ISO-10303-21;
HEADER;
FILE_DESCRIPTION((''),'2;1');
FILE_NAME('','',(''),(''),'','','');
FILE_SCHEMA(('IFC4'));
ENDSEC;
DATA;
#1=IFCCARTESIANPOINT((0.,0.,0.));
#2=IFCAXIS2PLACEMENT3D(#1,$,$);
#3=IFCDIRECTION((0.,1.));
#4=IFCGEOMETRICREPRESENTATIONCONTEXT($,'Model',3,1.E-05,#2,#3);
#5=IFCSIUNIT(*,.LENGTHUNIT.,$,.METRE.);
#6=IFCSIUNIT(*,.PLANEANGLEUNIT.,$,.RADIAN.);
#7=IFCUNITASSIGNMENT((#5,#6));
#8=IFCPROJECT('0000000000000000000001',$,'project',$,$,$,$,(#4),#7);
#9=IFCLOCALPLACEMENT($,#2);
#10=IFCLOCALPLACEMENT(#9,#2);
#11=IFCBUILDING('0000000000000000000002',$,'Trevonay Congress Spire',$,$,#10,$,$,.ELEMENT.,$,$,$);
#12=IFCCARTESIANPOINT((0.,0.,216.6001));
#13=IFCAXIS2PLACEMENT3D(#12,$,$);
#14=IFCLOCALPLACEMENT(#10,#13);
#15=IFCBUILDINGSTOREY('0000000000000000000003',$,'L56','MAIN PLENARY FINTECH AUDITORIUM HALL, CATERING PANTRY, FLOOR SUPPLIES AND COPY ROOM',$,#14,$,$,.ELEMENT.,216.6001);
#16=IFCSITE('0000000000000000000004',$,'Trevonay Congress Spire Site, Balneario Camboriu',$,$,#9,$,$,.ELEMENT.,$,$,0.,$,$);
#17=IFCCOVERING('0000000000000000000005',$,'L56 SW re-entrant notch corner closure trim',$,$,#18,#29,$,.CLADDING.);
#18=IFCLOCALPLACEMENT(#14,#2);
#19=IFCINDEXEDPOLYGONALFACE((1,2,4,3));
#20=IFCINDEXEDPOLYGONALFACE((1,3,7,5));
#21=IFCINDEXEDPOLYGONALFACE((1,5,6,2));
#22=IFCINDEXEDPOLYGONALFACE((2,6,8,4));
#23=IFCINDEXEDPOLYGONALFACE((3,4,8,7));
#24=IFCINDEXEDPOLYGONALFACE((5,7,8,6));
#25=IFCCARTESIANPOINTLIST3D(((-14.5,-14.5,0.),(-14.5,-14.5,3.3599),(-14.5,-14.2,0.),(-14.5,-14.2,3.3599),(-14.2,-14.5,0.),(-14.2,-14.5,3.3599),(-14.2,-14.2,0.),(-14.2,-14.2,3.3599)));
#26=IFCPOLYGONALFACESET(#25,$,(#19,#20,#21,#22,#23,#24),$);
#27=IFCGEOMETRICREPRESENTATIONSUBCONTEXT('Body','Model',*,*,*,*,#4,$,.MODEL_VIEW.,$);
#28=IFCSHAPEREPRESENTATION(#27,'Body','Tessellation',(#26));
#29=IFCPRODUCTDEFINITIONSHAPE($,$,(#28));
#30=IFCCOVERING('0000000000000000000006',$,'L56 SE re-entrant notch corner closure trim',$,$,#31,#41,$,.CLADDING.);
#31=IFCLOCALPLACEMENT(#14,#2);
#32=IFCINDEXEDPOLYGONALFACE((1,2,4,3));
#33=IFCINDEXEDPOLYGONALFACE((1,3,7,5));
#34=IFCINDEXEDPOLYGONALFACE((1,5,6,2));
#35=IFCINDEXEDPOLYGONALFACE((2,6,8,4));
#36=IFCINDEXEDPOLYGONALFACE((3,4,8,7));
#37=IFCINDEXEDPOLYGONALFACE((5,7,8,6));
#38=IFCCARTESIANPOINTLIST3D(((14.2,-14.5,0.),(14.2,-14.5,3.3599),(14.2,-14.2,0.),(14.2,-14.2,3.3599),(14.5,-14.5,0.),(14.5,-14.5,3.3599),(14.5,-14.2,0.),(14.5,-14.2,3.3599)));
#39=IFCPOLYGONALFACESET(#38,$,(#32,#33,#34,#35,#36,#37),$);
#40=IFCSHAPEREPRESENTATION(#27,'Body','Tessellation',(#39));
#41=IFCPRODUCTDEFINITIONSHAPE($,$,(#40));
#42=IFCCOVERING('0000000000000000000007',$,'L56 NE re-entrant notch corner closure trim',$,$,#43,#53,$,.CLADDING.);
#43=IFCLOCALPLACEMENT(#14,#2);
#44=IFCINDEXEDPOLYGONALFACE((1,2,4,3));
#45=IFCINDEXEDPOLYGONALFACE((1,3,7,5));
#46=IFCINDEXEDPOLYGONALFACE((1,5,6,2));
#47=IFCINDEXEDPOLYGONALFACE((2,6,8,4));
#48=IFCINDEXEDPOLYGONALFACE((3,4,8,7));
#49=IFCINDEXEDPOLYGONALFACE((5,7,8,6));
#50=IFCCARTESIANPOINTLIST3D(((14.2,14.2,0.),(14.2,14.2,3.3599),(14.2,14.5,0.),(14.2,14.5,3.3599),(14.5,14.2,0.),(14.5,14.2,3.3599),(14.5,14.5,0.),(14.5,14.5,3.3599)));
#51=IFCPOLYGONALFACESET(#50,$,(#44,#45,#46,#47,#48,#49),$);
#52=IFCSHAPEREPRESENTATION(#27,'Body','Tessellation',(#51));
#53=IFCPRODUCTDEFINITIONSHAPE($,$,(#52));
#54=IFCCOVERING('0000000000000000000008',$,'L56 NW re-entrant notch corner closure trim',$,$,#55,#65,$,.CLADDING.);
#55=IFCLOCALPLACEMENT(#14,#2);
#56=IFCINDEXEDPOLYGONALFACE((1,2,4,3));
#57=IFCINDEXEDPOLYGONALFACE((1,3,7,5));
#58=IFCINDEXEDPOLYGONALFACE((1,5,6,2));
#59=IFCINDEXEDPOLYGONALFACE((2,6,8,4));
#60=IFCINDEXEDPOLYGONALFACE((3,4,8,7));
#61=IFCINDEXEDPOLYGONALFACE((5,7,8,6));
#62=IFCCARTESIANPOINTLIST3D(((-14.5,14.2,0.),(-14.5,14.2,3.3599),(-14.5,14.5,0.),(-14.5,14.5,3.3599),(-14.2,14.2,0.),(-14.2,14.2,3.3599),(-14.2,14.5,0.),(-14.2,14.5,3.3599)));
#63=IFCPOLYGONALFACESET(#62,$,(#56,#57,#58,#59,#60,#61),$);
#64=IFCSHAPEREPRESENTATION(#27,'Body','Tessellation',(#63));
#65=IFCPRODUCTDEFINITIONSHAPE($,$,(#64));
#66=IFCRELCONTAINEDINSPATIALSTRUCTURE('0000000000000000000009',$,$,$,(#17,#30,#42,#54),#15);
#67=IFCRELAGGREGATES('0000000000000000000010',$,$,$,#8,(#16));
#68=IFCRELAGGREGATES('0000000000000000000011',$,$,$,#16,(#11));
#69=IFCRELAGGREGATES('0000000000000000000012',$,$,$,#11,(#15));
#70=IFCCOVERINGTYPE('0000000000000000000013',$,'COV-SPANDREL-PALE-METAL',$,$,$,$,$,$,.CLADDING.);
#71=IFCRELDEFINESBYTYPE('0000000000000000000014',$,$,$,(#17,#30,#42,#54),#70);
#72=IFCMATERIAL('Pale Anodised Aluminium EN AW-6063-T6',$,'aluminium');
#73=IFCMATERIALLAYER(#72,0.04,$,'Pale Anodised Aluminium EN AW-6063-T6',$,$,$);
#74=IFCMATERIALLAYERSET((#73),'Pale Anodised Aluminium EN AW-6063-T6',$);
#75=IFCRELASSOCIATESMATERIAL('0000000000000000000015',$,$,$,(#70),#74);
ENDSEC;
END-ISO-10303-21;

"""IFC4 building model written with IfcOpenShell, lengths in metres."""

from ifc_helpers import new_model, si_unit, direction, frame, origin, place, context, subcontext, project, spatial, polyline, outline, extrude, material, layer, layer_set, type_object, element, save


model = new_model("IFC4")

# Units and contexts
model_context = context("Model", 3, precision=1e-05, world=origin(), true_north=direction((0.0, 1.0)))
body_context = subcontext(model_context, "Body", "Model", "MODEL_VIEW")
ifc_project = project(units=[si_unit("LENGTHUNIT", "METRE"), si_unit("PLANEANGLEUNIT", "RADIAN")], contexts=[model_context])

# Site, building, storey
site_placement = place(None, origin())
site = spatial("IfcSite", under=ifc_project, at=site_placement, Name="Trevonay Congress Spire Site, Balneario Camboriu", CompositionType="ELEMENT", RefElevation=0.0)
building_placement = place(site_placement, origin())
building = spatial("IfcBuilding", under=site, at=building_placement, Name="Trevonay Congress Spire", CompositionType="ELEMENT")
storey_placement = place(building_placement, frame((0.0, 0.0, 216.6001)))
storey = spatial("IfcBuildingStorey", under=building, at=storey_placement, Name="L56", Description="MAIN PLENARY FINTECH AUDITORIUM HALL, CATERING PANTRY, FLOOR SUPPLIES AND COPY ROOM", CompositionType="ELEMENT", Elevation=216.6001)

# Shared definitions
ifc_material_1 = material(Name="Pale Anodised Aluminium EN AW-6063-T6", Category="aluminium")

# Coverings
ifc_layer_1 = layer(ifc_material_1, 0.04, Name="Pale Anodised Aluminium EN AW-6063-T6")
ifc_layer_set_1 = layer_set([ifc_layer_1], Name="Pale Anodised Aluminium EN AW-6063-T6")
covering_type = type_object("IfcCoveringType", Name="COV-SPANDREL-PALE-METAL", PredefinedType="CLADDING", material=ifc_layer_set_1)
covering_1_placement = place(storey_placement, origin())
element("IfcCovering", 1, at=covering_1_placement, inside=storey, type_object=covering_type, Name="L56 SW re-entrant notch corner closure trim", PredefinedType="CLADDING", context=body_context, shape_type="SweptSolid", body=[
    extrude(outline(polyline([(-14.5, -14.5), (-14.2, -14.5), (-14.2, -14.2), (-14.5, -14.2), (-14.5, -14.5)])), origin(), (0.0, 0.0, 1.0), 3.3599),
])
covering_2_placement = place(storey_placement, origin())
element("IfcCovering", 2, at=covering_2_placement, inside=storey, type_object=covering_type, Name="L56 SE re-entrant notch corner closure trim", PredefinedType="CLADDING", context=body_context, shape_type="SweptSolid", body=[
    extrude(outline(polyline([(14.2, -14.5), (14.5, -14.5), (14.5, -14.2), (14.2, -14.2), (14.2, -14.5)])), origin(), (0.0, 0.0, 1.0), 3.3599),
])
covering_3_placement = place(storey_placement, origin())
element("IfcCovering", 3, at=covering_3_placement, inside=storey, type_object=covering_type, Name="L56 NE re-entrant notch corner closure trim", PredefinedType="CLADDING", context=body_context, shape_type="SweptSolid", body=[
    extrude(outline(polyline([(14.2, 14.2), (14.5, 14.2), (14.5, 14.5), (14.2, 14.5), (14.2, 14.2)])), origin(), (0.0, 0.0, 1.0), 3.3599),
])
covering_4_placement = place(storey_placement, origin())
element("IfcCovering", 4, at=covering_4_placement, inside=storey, type_object=covering_type, Name="L56 NW re-entrant notch corner closure trim", PredefinedType="CLADDING", context=body_context, shape_type="SweptSolid", body=[
    extrude(outline(polyline([(-14.5, 14.2), (-14.2, 14.2), (-14.2, 14.5), (-14.5, 14.5), (-14.5, 14.2)])), origin(), (0.0, 0.0, 1.0), 3.3599),
])

save(model, "model.ifc")
